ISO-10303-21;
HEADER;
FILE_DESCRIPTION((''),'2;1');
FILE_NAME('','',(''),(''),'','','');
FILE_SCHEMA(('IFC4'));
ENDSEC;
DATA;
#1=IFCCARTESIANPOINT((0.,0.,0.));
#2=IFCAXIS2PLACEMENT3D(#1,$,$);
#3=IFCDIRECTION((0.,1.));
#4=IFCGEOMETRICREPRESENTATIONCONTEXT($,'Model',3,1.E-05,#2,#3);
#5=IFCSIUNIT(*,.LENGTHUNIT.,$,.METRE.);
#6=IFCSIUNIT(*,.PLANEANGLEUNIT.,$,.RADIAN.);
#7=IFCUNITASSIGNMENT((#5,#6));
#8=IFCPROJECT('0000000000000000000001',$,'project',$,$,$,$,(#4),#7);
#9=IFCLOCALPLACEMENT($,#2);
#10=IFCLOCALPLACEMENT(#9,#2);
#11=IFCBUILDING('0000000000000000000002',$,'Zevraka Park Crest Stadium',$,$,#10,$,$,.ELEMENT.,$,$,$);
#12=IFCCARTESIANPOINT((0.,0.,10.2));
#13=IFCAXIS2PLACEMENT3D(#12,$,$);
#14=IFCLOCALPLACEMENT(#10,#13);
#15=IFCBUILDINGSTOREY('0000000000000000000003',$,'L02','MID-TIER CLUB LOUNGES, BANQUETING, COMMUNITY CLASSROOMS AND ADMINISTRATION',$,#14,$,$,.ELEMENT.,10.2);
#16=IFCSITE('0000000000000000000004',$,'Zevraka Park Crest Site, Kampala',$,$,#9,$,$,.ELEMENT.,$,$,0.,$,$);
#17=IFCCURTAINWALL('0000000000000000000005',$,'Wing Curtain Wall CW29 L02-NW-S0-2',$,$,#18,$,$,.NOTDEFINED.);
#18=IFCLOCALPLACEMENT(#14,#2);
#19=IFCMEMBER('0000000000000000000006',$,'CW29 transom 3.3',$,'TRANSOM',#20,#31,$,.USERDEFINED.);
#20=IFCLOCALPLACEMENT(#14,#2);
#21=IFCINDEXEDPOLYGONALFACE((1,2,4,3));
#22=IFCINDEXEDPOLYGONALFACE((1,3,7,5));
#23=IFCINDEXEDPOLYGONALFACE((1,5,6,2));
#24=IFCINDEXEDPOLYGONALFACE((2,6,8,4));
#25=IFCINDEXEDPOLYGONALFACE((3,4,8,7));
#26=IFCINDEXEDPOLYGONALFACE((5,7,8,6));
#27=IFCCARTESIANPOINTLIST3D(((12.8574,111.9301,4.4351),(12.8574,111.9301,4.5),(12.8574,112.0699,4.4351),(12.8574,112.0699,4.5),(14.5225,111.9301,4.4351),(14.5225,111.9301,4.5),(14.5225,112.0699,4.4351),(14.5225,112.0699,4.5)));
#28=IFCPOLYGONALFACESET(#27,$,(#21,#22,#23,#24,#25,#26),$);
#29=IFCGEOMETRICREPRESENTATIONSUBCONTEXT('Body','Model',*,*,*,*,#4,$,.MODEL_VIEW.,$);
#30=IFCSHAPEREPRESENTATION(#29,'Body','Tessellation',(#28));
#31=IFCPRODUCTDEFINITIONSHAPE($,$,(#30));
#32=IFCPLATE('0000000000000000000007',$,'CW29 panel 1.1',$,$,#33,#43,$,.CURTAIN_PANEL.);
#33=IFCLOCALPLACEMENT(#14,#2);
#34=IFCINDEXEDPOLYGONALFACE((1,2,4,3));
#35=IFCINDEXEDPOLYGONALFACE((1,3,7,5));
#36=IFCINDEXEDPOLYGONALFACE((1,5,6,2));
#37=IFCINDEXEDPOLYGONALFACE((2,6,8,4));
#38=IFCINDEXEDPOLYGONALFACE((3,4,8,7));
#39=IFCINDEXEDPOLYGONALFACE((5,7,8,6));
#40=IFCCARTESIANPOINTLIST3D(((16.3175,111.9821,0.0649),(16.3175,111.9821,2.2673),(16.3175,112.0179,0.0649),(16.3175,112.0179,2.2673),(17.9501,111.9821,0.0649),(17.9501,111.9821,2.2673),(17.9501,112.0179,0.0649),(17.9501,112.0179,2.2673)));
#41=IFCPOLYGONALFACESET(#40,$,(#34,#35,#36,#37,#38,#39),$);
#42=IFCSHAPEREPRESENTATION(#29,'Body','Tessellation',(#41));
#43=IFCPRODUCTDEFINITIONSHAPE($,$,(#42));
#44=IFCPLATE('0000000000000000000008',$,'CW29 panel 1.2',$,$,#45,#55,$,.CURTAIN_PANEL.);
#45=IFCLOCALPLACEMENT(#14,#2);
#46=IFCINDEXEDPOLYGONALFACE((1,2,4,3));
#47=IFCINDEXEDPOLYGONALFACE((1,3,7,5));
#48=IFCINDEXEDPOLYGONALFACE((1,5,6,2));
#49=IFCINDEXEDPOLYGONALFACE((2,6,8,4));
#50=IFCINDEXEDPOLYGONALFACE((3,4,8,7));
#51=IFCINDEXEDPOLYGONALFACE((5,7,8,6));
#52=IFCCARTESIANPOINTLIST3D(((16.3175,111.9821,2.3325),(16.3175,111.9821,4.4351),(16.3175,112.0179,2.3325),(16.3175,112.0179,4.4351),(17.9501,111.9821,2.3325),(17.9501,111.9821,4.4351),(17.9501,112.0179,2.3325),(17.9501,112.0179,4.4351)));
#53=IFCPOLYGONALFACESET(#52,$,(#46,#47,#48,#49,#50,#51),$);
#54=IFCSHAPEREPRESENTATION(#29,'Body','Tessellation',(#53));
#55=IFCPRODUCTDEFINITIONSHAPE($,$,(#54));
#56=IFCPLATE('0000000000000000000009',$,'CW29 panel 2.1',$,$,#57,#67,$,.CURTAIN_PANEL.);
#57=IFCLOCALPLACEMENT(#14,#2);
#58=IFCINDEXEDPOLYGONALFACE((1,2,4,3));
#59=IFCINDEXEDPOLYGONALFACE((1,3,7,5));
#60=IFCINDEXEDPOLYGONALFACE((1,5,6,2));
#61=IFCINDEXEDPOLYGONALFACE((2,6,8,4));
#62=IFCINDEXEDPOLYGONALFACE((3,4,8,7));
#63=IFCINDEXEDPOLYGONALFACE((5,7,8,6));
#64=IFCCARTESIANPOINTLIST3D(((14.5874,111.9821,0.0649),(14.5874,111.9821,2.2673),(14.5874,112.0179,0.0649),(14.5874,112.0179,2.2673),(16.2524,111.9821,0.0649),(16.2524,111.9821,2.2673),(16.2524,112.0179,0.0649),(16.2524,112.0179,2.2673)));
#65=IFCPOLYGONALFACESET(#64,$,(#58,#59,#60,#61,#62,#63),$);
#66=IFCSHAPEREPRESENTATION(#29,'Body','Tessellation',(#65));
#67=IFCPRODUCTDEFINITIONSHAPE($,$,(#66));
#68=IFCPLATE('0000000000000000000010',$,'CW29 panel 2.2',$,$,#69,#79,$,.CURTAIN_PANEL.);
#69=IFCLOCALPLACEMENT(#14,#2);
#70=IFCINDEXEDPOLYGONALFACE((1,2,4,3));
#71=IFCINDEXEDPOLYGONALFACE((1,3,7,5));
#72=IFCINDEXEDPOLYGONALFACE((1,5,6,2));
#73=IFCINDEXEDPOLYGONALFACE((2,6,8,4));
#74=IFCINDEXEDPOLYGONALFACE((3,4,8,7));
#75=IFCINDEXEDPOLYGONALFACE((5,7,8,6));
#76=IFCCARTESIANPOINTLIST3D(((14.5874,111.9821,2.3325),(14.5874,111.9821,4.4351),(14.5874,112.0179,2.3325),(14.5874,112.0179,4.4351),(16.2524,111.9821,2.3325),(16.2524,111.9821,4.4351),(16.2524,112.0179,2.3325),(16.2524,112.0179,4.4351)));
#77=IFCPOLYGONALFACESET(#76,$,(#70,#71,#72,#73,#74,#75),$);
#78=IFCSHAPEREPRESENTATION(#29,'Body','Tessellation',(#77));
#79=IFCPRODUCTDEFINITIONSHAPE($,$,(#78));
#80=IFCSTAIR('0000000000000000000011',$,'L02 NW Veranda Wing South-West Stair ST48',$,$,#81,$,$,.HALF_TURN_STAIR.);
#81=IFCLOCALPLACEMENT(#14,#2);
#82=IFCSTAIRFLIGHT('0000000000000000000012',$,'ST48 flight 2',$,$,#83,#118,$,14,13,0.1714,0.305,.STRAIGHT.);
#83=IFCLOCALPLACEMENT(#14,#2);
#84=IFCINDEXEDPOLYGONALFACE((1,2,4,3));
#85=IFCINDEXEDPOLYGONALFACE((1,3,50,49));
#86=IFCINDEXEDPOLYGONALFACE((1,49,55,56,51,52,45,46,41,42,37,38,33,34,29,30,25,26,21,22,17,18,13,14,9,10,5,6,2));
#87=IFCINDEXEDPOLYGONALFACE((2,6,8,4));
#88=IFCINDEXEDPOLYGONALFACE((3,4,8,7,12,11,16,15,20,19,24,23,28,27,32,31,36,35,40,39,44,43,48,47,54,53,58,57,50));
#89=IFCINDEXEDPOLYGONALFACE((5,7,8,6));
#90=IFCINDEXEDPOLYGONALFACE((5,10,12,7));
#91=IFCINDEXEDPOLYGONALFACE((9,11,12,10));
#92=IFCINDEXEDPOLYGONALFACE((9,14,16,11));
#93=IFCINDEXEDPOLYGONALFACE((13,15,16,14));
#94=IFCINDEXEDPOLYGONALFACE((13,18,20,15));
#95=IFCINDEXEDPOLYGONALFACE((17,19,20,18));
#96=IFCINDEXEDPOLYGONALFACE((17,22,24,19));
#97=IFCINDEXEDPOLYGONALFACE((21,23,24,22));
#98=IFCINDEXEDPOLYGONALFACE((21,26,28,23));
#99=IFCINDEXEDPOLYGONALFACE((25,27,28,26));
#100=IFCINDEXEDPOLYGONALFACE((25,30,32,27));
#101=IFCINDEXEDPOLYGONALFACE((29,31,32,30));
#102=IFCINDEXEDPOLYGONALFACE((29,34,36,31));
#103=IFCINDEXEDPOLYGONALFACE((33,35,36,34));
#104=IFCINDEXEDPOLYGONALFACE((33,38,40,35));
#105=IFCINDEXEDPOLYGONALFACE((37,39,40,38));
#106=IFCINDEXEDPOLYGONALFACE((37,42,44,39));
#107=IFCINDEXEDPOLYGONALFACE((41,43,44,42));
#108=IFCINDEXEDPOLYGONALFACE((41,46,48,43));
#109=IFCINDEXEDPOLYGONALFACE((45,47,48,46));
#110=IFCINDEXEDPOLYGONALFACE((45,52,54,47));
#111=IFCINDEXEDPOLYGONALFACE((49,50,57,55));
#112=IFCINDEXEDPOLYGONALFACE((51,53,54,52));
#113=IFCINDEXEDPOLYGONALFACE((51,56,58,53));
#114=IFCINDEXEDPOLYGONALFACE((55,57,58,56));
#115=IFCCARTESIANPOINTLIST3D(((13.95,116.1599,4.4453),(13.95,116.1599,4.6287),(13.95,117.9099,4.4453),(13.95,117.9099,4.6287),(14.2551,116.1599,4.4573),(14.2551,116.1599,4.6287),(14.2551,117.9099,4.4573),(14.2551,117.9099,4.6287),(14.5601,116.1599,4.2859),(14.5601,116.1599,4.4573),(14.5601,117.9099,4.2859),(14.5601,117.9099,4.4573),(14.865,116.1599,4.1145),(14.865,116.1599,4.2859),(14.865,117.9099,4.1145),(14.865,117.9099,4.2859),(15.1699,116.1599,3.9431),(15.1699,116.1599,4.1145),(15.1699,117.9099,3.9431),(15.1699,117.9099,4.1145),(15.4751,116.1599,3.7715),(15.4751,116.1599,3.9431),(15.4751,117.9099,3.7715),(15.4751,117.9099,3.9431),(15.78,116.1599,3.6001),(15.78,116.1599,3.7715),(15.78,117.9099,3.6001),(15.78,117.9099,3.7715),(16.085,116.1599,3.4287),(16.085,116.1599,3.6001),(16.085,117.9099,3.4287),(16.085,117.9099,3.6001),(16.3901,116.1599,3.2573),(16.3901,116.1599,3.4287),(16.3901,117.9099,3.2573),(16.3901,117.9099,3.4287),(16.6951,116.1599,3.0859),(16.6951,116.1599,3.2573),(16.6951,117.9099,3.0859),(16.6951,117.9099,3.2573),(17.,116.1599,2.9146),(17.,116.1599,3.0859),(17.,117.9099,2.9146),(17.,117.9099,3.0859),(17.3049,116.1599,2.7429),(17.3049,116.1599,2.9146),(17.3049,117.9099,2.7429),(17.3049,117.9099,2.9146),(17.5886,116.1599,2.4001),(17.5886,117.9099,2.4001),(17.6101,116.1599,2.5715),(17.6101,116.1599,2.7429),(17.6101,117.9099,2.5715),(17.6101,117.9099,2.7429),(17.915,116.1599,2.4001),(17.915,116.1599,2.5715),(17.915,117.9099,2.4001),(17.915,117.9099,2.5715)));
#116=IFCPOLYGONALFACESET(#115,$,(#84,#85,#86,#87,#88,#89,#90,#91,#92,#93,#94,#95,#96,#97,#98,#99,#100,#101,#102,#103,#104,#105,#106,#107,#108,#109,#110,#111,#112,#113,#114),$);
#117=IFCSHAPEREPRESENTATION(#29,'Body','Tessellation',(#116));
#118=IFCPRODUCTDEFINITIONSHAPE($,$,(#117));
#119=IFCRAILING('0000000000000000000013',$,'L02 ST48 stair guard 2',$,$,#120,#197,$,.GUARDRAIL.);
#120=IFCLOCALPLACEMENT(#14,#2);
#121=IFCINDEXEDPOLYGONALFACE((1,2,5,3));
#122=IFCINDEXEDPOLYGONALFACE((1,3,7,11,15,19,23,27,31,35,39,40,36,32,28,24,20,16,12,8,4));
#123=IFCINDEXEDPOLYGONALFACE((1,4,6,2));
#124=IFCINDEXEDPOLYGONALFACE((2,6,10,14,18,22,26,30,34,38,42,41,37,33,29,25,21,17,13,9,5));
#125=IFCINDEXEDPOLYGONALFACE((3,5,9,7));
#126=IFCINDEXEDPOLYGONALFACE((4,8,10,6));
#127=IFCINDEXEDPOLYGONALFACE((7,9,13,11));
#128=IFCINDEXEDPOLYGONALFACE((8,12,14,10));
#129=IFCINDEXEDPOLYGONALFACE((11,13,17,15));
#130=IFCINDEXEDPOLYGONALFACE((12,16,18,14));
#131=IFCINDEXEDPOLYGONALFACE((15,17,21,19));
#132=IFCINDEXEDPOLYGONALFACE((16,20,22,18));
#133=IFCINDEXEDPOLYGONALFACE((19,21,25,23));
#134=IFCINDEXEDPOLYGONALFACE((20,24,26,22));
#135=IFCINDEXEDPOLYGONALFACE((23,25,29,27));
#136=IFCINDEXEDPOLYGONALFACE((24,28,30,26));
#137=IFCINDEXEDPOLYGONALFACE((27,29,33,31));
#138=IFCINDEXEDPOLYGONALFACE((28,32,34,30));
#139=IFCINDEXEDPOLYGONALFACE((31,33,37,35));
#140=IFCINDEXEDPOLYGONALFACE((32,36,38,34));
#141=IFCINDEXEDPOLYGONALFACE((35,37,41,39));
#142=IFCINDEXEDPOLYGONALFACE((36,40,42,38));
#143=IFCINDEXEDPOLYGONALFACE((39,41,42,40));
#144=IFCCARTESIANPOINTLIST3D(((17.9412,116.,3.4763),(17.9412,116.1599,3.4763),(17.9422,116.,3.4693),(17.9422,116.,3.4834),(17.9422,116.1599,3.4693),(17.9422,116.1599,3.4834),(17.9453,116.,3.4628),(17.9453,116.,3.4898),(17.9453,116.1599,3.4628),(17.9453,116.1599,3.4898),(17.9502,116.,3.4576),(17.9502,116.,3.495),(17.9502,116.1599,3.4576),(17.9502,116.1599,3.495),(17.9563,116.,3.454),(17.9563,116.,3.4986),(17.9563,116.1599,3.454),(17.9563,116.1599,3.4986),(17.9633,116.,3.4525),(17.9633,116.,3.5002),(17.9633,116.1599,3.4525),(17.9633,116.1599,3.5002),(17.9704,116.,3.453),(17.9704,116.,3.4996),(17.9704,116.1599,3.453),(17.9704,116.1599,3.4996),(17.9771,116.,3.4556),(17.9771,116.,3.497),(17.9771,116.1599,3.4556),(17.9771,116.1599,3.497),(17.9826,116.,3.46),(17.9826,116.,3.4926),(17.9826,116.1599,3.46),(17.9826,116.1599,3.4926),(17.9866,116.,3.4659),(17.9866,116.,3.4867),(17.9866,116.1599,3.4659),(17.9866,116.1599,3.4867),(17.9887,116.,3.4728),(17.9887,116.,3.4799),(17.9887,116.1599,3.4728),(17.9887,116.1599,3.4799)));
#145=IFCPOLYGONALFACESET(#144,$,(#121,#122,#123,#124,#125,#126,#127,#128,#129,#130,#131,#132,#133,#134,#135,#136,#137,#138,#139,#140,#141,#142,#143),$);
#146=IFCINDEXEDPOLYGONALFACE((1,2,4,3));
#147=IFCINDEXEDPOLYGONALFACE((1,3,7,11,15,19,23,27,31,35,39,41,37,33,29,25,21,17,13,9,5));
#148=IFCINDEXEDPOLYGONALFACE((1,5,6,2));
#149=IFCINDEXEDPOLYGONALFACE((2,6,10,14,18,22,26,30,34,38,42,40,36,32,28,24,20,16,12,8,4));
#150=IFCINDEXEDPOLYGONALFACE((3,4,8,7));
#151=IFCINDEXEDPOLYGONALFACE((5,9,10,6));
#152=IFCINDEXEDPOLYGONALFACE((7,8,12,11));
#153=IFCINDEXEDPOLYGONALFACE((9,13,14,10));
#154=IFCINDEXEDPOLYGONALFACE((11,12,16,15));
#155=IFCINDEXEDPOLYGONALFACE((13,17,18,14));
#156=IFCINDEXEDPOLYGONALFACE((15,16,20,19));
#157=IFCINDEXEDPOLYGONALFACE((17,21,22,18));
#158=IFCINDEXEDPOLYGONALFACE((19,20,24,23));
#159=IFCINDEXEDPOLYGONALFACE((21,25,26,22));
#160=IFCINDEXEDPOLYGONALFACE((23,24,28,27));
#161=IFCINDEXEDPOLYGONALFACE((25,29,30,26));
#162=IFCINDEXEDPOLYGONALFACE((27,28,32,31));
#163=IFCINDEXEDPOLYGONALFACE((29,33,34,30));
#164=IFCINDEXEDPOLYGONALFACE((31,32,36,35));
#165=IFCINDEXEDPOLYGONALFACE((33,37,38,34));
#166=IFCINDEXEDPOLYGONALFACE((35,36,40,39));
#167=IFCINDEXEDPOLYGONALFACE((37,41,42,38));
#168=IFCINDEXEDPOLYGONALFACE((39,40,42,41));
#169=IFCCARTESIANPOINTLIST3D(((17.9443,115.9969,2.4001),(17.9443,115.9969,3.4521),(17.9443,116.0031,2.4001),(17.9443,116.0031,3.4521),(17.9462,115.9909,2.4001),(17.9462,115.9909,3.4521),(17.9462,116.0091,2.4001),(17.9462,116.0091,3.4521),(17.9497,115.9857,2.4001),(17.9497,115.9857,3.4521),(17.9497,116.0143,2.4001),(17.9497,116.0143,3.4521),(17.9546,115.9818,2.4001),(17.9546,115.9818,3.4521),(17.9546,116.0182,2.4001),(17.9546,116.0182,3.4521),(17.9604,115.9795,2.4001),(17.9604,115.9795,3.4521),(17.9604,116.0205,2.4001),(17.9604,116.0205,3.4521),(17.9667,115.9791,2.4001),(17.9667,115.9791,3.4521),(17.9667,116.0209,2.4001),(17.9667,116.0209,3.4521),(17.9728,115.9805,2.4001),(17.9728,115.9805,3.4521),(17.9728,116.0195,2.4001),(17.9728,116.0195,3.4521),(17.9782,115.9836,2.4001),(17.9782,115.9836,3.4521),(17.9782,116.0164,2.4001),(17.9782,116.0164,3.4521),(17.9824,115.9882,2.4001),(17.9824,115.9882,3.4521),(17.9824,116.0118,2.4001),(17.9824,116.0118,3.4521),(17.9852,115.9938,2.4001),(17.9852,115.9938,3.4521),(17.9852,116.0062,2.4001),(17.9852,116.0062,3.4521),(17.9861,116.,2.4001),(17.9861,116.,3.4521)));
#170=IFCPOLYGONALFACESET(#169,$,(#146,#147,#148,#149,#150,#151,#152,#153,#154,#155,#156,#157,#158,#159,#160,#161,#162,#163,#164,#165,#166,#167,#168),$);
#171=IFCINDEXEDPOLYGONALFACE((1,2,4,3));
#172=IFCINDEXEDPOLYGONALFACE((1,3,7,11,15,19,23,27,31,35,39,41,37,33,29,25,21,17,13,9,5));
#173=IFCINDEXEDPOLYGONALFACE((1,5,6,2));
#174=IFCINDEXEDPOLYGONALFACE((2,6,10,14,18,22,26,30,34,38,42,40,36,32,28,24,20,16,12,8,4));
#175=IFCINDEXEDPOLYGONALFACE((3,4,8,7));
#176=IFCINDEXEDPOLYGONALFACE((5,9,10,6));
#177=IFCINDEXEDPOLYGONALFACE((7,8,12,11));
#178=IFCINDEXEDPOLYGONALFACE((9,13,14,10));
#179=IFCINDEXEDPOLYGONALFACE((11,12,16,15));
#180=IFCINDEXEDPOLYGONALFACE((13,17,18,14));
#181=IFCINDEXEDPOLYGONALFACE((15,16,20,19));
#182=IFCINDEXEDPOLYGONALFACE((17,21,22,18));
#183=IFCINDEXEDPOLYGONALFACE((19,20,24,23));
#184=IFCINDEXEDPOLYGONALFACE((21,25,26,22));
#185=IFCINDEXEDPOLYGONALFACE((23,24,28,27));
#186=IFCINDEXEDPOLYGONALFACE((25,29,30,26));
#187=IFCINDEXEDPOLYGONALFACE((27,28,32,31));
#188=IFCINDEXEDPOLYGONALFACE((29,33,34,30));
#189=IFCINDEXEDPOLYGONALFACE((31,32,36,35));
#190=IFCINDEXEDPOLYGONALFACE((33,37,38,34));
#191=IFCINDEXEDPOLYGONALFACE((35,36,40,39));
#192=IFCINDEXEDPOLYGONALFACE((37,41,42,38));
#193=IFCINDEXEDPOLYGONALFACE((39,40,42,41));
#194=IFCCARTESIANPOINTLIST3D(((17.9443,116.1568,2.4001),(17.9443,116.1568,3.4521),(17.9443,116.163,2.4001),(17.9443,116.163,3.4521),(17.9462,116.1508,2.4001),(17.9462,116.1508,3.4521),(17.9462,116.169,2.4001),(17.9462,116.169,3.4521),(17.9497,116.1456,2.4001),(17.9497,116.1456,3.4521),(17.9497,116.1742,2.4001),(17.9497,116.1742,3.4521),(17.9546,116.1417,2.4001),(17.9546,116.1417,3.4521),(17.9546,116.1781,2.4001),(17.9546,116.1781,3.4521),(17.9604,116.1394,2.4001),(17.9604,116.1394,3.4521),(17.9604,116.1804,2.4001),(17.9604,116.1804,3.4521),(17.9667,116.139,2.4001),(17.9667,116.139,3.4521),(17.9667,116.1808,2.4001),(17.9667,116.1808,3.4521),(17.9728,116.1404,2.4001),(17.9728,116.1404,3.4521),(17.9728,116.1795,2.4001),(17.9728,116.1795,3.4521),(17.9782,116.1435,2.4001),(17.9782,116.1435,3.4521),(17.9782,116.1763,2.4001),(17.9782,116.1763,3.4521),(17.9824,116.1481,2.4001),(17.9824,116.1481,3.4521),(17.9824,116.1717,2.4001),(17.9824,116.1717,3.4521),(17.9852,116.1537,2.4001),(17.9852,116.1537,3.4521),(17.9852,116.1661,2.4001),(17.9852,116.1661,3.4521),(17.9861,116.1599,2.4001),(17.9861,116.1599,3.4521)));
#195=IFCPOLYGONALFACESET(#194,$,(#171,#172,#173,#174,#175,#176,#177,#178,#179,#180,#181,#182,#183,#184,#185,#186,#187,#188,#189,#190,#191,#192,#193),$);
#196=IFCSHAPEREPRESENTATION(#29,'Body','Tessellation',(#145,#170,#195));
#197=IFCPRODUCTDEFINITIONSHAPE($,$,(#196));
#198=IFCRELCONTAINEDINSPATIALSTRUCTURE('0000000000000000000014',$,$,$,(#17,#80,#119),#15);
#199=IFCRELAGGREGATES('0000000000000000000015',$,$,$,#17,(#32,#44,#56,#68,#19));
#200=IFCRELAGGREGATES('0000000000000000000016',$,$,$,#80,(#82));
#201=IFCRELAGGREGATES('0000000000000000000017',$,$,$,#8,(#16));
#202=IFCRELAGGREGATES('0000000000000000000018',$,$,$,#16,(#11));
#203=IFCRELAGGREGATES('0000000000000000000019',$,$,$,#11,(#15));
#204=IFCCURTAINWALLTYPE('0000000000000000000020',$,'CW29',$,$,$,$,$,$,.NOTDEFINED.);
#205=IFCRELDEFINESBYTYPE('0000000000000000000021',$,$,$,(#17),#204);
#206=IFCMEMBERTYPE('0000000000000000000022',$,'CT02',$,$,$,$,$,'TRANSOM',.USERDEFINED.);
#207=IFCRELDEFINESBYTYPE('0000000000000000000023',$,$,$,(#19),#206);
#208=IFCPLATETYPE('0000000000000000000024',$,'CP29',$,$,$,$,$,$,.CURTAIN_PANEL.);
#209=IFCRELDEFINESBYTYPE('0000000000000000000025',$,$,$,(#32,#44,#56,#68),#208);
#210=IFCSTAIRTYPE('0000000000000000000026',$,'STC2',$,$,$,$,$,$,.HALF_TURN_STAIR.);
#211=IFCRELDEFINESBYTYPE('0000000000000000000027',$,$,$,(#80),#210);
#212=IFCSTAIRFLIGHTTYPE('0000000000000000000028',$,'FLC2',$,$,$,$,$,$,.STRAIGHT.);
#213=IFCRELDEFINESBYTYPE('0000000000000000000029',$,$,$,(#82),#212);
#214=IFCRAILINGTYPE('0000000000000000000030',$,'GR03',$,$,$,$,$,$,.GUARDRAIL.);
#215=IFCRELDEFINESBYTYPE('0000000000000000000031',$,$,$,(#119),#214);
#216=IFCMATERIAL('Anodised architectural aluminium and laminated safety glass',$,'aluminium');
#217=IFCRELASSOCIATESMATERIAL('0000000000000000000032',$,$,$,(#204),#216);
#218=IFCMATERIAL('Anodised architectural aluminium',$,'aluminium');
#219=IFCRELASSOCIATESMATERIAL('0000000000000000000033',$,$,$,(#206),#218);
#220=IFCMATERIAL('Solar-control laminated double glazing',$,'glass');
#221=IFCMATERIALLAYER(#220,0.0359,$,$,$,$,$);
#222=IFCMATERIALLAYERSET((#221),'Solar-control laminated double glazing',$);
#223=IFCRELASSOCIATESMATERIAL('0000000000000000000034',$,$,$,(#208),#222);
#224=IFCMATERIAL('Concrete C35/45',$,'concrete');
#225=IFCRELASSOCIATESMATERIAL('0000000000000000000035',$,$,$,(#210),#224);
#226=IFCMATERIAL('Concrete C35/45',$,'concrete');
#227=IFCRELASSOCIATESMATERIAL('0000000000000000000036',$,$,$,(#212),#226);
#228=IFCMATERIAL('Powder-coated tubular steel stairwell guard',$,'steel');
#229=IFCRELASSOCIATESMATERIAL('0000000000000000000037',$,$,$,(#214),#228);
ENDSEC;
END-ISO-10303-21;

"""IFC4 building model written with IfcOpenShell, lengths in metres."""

from ifc_helpers import new_model, si_unit, direction, frame, origin, origin_2d, place, context, subcontext, project, spatial, polyline, rectangle, circle, outline, extrude, material, layer, layer_set, material_profile, profile_set, type_object, element, aggregate, save


model = new_model("IFC4")

# Units and contexts
model_context = context("Model", 3, precision=1e-05, world=origin(), true_north=direction((0.0, 1.0)))
body_context = subcontext(model_context, "Body", "Model", "MODEL_VIEW")
ifc_project = project(units=[si_unit("LENGTHUNIT", "METRE"), si_unit("PLANEANGLEUNIT", "RADIAN")], contexts=[model_context])

# Site, building, storey
site_placement = place(None, origin())
site = spatial("IfcSite", under=ifc_project, at=site_placement, Name="Zevraka Park Crest Site, Kampala", CompositionType="ELEMENT", RefElevation=0.0)
building_placement = place(site_placement, origin())
building = spatial("IfcBuilding", under=site, at=building_placement, Name="Zevraka Park Crest Stadium", CompositionType="ELEMENT")
storey_placement = place(building_placement, frame((0.0, 0.0, 10.2)))
storey = spatial("IfcBuildingStorey", under=building, at=storey_placement, Name="L02", Description="MID-TIER CLUB LOUNGES, BANQUETING, COMMUNITY CLASSROOMS AND ADMINISTRATION", CompositionType="ELEMENT", Elevation=10.2)

# Curtain wall, member, plates
ifc_material_1 = material(Name="Anodised architectural aluminium and laminated safety glass", Category="aluminium")
curtain_wall_type = type_object("IfcCurtainWallType", Name="CW29", PredefinedType="NOTDEFINED", material=ifc_material_1)
curtain_wall_placement = place(storey_placement, origin())
curtain_wall = element("IfcCurtainWall", 1, at=curtain_wall_placement, inside=storey, type_object=curtain_wall_type, Name="Wing Curtain Wall CW29 L02-NW-S0-2", PredefinedType="NOTDEFINED")
ifc_material_2 = material(Name="Anodised architectural aluminium", Category="aluminium")
ifc_material_profile_1 = material_profile(ifc_material_2, rectangle(XDim=0.1399, YDim=0.0649, at=origin_2d()), Name="ALU TRANSOM 140x65")
ifc_profile_set_1 = profile_set([ifc_material_profile_1], Name="Anodised architectural aluminium")
member_type_1 = type_object("IfcMemberType", Name="CT02", ElementType="TRANSOM", PredefinedType="USERDEFINED", material=ifc_profile_set_1)
member_1_placement = place(storey_placement, frame((14.5225, 112.0, 4.4675), z_axis=(-1.0, 0.0, 0.0), x_axis=(0.0, -1.0, 0.0)))
member_1 = element("IfcMember", 2, at=member_1_placement, type_object=member_type_1, Name="CW29 transom 3.3", ObjectType="TRANSOM", PredefinedType="USERDEFINED", context=body_context, shape_type="SweptSolid", body=[
    extrude(rectangle(XDim=0.1399, YDim=0.0649, at=origin_2d()), origin(), (0.0, 0.0, 1.0), 1.665),
])
ifc_material_3 = material(Name="Solar-control laminated double glazing", Category="glass")
ifc_layer = layer(ifc_material_3, 0.0359)
ifc_layer_set = layer_set([ifc_layer], Name="Solar-control laminated double glazing")
plate_type = type_object("IfcPlateType", Name="CP29", PredefinedType="CURTAIN_PANEL", material=ifc_layer_set)
plate_1_placement = place(storey_placement, frame((17.1338, 112.0, 0.0649), z_axis=(0.0, 0.0, 1.0), x_axis=(-1.0, 0.0, 0.0)))
plate_1 = element("IfcPlate", 3, at=plate_1_placement, type_object=plate_type, Name="CW29 panel 1.1", PredefinedType="CURTAIN_PANEL", context=body_context, shape_type="SweptSolid", body=[
    extrude(rectangle(XDim=1.6326, YDim=0.0359, at=origin_2d()), origin(), (0.0, 0.0, 1.0), 2.2024),
])
plate_2_placement = place(storey_placement, frame((17.1338, 112.0, 2.3325), z_axis=(0.0, 0.0, 1.0), x_axis=(-1.0, 0.0, 0.0)))
plate_2 = element("IfcPlate", 4, at=plate_2_placement, type_object=plate_type, Name="CW29 panel 1.2", PredefinedType="CURTAIN_PANEL", context=body_context, shape_type="SweptSolid", body=[
    extrude(rectangle(XDim=1.6326, YDim=0.0359, at=origin_2d()), origin(), (0.0, 0.0, 1.0), 2.1025),
])
plate_3_placement = place(storey_placement, frame((15.4199, 112.0, 0.0649), z_axis=(0.0, 0.0, 1.0), x_axis=(-1.0, 0.0, 0.0)))
plate_3 = element("IfcPlate", 5, at=plate_3_placement, type_object=plate_type, Name="CW29 panel 2.1", PredefinedType="CURTAIN_PANEL", context=body_context, shape_type="SweptSolid", body=[
    extrude(rectangle(XDim=1.665, YDim=0.0359, at=origin_2d()), origin(), (0.0, 0.0, 1.0), 2.2024),
])
plate_4_placement = place(storey_placement, frame((15.4199, 112.0, 2.3325), z_axis=(0.0, 0.0, 1.0), x_axis=(-1.0, 0.0, 0.0)))
plate_4 = element("IfcPlate", 6, at=plate_4_placement, type_object=plate_type, Name="CW29 panel 2.2", PredefinedType="CURTAIN_PANEL", context=body_context, shape_type="SweptSolid", body=[
    extrude(rectangle(XDim=1.665, YDim=0.0359, at=origin_2d()), origin(), (0.0, 0.0, 1.0), 2.1025),
])
aggregate(curtain_wall, [plate_1, plate_2, plate_3, plate_4, member_1])

# Stair, stair flight
ifc_material_4 = material(Name="Concrete C35/45", Category="concrete")
stair_type = type_object("IfcStairType", Name="STC2", PredefinedType="HALF_TURN_STAIR", material=ifc_material_4)
stair_placement = place(storey_placement, origin())
stair = element("IfcStair", 7, at=stair_placement, inside=storey, type_object=stair_type, Name="L02 NW Veranda Wing South-West Stair ST48", PredefinedType="HALF_TURN_STAIR")
ifc_material_5 = material(Name="Concrete C35/45", Category="concrete")
stair_flight_type = type_object("IfcStairFlightType", Name="FLC2", PredefinedType="STRAIGHT", material=ifc_material_5)
stair_flight_placement = place(storey_placement, frame((17.915, 117.0349, 2.4001), z_axis=(0.0, 0.0, 1.0), x_axis=(-1.0, 0.0, 0.0)))
stair_flight = element("IfcStairFlight", 8, at=stair_flight_placement, type_object=stair_flight_type, Name="ST48 flight 2", NumberOfRisers=14, NumberOfTreads=13, PredefinedType="STRAIGHT", RiserHeight=0.1714, TreadLength=0.305, context=body_context, shape_type="SweptSolid", body=[
    extrude(outline(polyline([(0.0, 0.0), (0.0, 0.1714), (0.3049, 0.1714), (0.3049, 0.3428), (0.6101, 0.3428), (0.6101, 0.5144), (0.915, 0.5144), (0.915, 0.6858), (1.22, 0.6858), (1.22, 0.8572), (1.5249, 0.8572), (1.5249, 1.0286), (1.8301, 1.0286), (1.8301, 1.2), (2.135, 1.2), (2.135, 1.3713), (2.4399, 1.3713), (2.4399, 1.543), (2.7451, 1.543), (2.7451, 1.7144), (3.05, 1.7144), (3.05, 1.8857), (3.355, 1.8857), (3.355, 2.0571), (3.6599, 2.0571), (3.6599, 2.2285), (3.9651, 2.2285), (3.9651, 2.3999), (3.9651, 2.0452), (0.3264, 0.0), (0.0, 0.0)])), frame((0.0, 0.875, 0.0), z_axis=(0.0, -1.0, 0.0), x_axis=(1.0, 0.0, 0.0)), (0.0, 0.0, 1.0), 1.75),
])
aggregate(stair, [stair_flight])

# Railing
ifc_material_6 = material(Name="Powder-coated tubular steel stairwell guard", Category="steel")
railing_type_1 = type_object("IfcRailingType", Name="GR03", PredefinedType="GUARDRAIL", material=ifc_material_6)
railing_1_placement = place(storey_placement, frame((17.9651, 116.0, 2.4001)))
element("IfcRailing", 9, at=railing_1_placement, inside=storey, type_object=railing_type_1, Name="L02 ST48 stair guard 2", PredefinedType="GUARDRAIL", context=body_context, shape_type="SweptSolid", body=[
    extrude(circle(Radius=0.0239, at=origin_2d()), frame((0.0, 0.0, 1.0762), z_axis=(0.0, 1.0, 0.0), x_axis=(-1.0, 0.0, 0.0)), (0.0, 0.0, 1.0), 0.1599),
    extrude(circle(Radius=0.021, at=origin_2d()), origin(), (0.0, 0.0, 1.0), 1.052),
    extrude(circle(Radius=0.021, at=origin_2d()), frame((0.0, 0.1599, 0.0)), (0.0, 0.0, 1.0), 1.052),
])

save(model, "model.ifc")
